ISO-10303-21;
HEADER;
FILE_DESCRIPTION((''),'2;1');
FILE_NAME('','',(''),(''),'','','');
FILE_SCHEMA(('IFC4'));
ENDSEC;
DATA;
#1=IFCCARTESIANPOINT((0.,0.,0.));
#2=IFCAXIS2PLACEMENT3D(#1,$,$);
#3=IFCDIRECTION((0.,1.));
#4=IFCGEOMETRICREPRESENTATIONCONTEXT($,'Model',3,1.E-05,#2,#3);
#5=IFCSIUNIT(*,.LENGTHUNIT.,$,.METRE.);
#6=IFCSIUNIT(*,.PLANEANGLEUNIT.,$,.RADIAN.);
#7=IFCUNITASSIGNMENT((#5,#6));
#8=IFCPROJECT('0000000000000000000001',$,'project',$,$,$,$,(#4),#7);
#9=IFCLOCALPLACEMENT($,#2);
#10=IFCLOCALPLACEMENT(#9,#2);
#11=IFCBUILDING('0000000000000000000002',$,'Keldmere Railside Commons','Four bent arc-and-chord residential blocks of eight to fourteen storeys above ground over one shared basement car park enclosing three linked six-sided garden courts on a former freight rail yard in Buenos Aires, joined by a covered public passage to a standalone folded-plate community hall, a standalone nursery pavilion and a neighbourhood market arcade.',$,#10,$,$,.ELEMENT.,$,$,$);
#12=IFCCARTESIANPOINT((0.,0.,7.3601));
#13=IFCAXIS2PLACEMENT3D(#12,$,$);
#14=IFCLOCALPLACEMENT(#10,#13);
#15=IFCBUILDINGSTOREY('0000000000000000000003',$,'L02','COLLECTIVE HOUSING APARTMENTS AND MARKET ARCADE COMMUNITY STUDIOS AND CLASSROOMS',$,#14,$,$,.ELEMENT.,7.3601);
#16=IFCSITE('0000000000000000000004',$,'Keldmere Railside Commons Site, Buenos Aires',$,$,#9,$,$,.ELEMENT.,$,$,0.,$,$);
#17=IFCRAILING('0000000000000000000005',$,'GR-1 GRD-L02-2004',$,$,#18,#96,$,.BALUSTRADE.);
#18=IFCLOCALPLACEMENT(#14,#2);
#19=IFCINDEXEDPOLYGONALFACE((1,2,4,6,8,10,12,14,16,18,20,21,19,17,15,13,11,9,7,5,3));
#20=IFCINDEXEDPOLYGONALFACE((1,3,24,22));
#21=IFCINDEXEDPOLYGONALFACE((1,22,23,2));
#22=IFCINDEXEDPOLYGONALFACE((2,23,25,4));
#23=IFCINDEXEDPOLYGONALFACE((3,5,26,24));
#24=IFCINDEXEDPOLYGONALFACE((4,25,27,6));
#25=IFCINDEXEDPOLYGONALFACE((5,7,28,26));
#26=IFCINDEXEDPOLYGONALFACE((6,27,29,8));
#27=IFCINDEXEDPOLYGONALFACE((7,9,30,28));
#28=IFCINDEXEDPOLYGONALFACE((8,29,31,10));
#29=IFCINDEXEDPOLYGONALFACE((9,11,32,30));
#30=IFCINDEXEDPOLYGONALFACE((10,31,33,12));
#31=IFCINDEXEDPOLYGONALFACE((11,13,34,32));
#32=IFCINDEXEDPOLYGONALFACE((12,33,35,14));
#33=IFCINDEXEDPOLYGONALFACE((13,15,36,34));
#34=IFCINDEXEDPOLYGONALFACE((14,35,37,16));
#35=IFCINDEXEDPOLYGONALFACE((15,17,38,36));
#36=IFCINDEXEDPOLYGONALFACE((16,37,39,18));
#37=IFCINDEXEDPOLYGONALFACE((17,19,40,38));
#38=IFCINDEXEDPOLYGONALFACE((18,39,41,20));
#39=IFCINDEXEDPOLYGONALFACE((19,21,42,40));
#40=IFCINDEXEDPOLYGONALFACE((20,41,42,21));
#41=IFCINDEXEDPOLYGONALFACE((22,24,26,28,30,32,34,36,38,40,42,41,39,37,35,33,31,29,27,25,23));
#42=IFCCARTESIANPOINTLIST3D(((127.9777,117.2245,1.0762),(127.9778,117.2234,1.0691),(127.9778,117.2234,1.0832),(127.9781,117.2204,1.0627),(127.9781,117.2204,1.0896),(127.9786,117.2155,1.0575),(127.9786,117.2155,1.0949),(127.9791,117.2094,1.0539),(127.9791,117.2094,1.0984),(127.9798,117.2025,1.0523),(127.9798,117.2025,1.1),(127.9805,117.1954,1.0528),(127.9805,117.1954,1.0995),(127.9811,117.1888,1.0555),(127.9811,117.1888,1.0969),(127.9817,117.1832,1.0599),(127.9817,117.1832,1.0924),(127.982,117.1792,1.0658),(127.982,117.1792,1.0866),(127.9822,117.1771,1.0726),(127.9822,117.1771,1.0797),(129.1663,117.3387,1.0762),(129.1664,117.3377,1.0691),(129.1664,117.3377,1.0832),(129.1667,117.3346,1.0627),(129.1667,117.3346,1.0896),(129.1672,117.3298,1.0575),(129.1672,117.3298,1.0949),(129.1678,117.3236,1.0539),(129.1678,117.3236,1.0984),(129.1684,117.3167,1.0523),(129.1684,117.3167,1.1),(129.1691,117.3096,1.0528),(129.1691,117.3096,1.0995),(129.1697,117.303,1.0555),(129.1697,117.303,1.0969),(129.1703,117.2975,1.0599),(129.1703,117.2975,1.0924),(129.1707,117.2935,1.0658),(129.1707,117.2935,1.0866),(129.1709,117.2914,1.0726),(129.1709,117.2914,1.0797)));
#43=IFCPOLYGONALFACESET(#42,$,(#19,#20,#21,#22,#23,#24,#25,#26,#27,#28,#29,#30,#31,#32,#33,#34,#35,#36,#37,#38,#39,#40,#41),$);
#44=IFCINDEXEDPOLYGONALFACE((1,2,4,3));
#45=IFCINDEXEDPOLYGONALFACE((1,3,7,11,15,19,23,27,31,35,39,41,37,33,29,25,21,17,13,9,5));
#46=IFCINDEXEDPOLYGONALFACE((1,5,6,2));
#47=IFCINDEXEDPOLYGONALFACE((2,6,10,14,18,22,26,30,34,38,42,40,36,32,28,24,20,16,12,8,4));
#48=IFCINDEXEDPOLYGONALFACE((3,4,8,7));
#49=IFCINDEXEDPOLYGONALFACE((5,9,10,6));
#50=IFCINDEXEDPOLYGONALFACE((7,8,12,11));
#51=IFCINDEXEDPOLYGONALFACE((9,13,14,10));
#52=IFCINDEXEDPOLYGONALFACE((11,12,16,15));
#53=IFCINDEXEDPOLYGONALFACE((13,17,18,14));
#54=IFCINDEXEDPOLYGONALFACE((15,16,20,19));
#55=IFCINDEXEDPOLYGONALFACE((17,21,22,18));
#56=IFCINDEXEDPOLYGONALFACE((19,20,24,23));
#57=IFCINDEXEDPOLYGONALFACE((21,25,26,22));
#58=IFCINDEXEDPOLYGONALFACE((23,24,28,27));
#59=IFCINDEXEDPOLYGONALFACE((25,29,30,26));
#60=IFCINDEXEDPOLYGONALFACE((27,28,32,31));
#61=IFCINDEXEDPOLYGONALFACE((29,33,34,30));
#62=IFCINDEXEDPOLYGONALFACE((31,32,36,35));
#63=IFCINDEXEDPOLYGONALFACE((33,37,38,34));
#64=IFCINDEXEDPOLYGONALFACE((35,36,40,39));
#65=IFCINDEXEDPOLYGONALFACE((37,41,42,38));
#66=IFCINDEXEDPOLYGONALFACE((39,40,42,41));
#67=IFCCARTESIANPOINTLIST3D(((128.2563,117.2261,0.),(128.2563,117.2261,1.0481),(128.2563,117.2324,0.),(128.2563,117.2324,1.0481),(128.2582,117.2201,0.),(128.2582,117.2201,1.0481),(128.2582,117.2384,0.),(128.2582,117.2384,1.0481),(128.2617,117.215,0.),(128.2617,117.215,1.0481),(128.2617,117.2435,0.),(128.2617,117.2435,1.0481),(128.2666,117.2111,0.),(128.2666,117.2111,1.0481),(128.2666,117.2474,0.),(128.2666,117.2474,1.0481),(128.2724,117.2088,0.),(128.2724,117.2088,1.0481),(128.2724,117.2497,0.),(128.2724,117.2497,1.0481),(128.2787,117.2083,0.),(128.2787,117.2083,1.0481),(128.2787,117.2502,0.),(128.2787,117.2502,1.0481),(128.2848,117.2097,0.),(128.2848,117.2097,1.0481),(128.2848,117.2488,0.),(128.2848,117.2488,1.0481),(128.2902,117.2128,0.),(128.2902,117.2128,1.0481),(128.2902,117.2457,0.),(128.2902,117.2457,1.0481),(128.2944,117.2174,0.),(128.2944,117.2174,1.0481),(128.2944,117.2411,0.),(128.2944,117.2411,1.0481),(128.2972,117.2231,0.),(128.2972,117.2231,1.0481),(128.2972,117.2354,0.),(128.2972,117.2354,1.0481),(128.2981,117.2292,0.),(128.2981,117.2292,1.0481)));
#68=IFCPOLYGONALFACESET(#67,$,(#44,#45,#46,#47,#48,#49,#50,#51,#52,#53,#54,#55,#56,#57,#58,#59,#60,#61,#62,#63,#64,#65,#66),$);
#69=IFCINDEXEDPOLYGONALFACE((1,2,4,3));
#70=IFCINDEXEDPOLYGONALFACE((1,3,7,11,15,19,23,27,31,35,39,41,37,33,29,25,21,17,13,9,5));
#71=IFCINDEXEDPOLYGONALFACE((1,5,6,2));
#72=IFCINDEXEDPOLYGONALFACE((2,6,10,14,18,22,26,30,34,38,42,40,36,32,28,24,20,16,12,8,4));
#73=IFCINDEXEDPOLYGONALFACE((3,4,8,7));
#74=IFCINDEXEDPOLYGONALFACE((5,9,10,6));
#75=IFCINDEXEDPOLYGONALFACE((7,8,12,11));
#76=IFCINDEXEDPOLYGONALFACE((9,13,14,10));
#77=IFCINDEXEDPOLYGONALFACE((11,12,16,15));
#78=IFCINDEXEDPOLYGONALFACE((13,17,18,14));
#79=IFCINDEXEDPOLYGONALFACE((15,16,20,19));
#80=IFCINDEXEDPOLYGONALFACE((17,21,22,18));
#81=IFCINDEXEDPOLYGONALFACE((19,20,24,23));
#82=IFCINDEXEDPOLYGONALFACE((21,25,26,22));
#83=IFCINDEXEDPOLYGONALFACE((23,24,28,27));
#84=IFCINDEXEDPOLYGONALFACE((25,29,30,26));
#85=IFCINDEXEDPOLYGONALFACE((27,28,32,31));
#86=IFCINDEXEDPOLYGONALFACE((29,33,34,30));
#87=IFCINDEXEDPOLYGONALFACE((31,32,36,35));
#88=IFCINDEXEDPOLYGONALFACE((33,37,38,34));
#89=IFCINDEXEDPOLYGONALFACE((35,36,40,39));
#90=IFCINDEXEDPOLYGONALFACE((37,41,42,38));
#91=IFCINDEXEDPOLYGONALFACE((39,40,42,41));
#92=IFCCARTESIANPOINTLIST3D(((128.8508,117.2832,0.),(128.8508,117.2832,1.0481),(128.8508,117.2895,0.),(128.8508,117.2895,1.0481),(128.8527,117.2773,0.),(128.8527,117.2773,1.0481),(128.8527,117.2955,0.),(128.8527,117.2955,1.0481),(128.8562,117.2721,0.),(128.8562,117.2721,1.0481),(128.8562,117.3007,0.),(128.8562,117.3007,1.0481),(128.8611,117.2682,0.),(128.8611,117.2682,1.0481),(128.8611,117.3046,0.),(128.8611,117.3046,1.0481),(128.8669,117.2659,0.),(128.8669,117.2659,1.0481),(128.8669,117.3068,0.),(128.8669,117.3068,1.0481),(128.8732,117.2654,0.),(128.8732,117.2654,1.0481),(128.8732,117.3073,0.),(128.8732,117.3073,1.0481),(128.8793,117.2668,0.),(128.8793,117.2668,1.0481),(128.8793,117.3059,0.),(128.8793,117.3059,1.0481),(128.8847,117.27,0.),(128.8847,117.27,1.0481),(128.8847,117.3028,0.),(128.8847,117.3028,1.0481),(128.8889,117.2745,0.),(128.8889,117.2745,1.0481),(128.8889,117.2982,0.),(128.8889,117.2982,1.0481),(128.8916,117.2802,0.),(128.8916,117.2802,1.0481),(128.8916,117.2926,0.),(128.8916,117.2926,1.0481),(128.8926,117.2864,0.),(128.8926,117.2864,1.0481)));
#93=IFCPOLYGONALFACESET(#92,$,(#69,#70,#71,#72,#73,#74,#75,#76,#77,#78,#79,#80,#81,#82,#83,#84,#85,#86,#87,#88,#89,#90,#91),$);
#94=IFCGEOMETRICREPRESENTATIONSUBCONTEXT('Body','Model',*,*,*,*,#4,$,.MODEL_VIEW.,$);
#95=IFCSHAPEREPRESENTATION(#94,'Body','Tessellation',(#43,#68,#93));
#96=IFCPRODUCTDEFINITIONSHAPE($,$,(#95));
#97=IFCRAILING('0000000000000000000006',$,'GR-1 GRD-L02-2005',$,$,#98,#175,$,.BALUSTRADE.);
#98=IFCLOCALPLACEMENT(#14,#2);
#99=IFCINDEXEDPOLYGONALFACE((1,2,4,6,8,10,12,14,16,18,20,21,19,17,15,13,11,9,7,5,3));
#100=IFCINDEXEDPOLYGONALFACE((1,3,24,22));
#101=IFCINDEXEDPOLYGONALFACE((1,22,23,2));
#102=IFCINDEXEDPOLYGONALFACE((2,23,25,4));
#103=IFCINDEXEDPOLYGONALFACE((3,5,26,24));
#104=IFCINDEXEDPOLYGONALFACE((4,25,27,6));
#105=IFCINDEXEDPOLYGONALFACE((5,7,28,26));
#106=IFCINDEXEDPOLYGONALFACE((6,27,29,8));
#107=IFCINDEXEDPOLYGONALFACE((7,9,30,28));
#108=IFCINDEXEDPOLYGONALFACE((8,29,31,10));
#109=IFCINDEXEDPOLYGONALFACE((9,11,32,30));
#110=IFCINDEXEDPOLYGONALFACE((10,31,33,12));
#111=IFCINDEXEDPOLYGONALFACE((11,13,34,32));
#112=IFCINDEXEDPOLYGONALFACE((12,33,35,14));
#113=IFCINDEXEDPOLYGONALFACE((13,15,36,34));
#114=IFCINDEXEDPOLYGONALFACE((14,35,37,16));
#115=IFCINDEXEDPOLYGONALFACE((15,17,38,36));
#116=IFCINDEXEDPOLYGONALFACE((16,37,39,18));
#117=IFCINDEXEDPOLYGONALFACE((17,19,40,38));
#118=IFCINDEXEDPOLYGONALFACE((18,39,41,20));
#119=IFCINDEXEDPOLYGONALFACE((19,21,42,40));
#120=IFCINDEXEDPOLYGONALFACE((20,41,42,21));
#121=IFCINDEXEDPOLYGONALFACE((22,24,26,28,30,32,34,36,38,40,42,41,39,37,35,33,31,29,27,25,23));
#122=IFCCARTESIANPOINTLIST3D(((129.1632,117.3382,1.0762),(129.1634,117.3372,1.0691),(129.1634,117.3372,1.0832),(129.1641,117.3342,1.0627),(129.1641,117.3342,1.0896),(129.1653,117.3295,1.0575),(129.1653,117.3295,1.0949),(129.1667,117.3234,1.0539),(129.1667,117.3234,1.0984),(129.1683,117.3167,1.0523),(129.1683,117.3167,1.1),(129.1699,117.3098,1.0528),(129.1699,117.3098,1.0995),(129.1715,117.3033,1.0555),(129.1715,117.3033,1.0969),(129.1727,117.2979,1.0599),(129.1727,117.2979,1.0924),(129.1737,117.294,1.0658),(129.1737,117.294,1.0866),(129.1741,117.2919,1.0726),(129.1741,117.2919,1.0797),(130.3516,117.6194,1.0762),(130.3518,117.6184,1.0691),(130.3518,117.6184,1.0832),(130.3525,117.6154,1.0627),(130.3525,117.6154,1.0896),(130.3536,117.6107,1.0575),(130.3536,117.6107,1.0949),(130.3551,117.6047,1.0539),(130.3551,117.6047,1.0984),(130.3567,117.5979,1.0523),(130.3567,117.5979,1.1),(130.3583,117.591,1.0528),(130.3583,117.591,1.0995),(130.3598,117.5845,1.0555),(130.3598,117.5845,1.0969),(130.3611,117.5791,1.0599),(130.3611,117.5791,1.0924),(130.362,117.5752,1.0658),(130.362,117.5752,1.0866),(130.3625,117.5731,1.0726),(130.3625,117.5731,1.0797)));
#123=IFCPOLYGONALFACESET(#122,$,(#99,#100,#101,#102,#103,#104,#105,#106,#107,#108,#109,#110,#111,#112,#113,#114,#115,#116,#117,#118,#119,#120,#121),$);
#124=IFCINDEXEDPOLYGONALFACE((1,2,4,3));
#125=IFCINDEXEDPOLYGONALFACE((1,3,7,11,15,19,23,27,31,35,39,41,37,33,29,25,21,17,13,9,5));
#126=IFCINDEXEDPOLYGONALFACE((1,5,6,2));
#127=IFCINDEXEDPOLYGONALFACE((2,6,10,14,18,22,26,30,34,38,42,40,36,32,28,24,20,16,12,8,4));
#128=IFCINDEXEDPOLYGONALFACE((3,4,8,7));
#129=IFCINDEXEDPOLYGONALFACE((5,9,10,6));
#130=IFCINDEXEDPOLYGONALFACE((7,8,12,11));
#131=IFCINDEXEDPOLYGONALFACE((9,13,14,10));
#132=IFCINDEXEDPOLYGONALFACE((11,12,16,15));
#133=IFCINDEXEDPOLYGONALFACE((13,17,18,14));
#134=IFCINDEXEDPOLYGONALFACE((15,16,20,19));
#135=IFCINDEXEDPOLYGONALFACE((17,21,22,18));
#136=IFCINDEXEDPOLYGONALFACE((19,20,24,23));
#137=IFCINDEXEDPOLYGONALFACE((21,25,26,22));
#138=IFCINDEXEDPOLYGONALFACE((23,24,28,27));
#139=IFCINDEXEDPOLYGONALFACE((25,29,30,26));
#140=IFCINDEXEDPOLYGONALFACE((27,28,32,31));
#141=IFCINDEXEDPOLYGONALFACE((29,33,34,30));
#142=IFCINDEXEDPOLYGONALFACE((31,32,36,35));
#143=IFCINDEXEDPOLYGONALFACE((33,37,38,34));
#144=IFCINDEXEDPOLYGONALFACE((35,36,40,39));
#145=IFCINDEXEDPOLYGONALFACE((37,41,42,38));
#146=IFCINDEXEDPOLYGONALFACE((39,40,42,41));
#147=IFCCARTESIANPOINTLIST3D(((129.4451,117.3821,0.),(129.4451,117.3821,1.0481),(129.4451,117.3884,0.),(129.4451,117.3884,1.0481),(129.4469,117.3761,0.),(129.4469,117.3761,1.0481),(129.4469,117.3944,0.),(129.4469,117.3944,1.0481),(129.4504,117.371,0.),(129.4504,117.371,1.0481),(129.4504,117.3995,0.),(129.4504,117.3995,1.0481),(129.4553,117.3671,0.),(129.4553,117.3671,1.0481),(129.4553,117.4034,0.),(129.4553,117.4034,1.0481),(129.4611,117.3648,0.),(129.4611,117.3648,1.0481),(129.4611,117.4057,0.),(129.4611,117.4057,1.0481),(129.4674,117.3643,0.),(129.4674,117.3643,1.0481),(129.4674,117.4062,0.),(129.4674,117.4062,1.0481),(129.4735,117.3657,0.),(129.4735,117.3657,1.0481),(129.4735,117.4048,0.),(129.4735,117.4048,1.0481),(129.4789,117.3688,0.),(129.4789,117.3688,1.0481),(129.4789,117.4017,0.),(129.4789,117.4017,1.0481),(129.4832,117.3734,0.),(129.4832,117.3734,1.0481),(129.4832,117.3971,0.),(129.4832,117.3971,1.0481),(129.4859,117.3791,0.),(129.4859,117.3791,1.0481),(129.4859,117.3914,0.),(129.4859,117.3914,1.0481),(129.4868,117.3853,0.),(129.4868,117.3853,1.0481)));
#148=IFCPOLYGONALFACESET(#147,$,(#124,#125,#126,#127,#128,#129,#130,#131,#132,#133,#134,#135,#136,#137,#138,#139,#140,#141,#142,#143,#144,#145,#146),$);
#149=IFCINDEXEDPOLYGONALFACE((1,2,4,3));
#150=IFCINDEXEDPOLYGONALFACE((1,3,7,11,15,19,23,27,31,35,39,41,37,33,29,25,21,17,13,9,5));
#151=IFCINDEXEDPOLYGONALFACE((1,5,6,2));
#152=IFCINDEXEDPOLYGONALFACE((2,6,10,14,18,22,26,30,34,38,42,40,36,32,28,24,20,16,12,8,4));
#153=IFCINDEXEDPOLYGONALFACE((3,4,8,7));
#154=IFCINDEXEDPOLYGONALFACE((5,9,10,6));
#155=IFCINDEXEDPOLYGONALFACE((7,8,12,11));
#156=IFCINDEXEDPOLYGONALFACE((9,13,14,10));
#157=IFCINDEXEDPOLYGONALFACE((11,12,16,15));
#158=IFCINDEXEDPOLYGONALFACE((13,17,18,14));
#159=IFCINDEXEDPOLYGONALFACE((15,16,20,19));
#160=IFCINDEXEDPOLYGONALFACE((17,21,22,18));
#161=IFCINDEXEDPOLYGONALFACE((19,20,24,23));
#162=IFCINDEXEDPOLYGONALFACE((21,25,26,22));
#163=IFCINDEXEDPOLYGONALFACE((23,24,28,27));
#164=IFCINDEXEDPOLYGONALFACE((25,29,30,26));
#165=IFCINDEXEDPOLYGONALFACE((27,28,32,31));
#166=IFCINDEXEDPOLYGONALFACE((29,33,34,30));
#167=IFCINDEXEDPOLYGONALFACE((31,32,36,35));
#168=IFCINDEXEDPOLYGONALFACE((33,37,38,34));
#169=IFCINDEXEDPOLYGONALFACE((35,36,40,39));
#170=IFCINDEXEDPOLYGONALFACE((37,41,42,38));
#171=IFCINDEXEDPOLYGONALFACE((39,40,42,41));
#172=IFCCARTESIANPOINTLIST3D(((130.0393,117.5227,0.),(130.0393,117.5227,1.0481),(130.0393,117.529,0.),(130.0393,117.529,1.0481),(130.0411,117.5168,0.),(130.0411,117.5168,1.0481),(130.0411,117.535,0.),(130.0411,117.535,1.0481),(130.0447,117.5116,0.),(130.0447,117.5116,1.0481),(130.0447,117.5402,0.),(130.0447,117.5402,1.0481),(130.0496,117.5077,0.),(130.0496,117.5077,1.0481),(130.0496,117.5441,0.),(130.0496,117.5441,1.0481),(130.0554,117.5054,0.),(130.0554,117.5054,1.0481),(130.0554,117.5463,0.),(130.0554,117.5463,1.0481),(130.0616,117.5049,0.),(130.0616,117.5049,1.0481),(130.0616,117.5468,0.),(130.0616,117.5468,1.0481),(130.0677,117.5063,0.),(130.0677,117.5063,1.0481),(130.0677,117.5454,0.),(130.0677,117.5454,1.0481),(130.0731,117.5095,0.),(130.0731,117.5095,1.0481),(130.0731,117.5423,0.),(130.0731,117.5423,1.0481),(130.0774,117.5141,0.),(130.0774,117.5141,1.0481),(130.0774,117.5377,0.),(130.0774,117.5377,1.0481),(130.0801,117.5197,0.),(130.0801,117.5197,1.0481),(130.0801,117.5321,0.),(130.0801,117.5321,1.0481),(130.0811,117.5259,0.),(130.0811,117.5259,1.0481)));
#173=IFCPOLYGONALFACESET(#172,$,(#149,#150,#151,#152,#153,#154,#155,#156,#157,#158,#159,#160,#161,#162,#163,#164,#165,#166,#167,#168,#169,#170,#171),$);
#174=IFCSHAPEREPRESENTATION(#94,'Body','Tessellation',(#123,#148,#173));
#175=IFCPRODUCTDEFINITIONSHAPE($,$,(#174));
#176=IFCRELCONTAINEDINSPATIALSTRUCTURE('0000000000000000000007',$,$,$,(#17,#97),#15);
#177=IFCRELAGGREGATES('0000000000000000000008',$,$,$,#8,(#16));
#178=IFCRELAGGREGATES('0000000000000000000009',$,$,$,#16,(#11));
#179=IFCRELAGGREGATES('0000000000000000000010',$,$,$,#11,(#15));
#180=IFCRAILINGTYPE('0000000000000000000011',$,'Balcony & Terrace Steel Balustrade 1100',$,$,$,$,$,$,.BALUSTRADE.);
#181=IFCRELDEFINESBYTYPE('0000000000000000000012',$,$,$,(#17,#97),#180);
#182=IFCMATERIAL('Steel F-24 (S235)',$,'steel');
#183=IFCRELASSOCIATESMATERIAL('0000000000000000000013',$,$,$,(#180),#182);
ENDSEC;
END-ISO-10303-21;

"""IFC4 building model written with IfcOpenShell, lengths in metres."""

from ifc_helpers import new_model, si_unit, direction, frame, origin, origin_2d, place, context, subcontext, project, spatial, circle, extrude, material, type_object, element, save


model = new_model("IFC4")

# Units and contexts
model_context = context("Model", 3, precision=1e-05, world=origin(), true_north=direction((0.0, 1.0)))
body_context = subcontext(model_context, "Body", "Model", "MODEL_VIEW")
ifc_project = project(units=[si_unit("LENGTHUNIT", "METRE"), si_unit("PLANEANGLEUNIT", "RADIAN")], contexts=[model_context])

# Site, building, storey
site_placement = place(None, origin())
site = spatial("IfcSite", under=ifc_project, at=site_placement, Name="Keldmere Railside Commons Site, Buenos Aires", CompositionType="ELEMENT", RefElevation=0.0)
building_placement = place(site_placement, origin())
building = spatial("IfcBuilding", under=site, at=building_placement, Name="Keldmere Railside Commons", Description="Four bent arc-and-chord residential blocks of eight to fourteen storeys above ground over one shared basement car park enclosing three linked six-sided garden courts on a former freight rail yard in Buenos Aires, joined by a covered public passage to a standalone folded-plate community hall, a standalone nursery pavilion and a neighbourhood market arcade.", CompositionType="ELEMENT")
storey_placement = place(building_placement, frame((0.0, 0.0, 7.3601)))
storey = spatial("IfcBuildingStorey", under=building, at=storey_placement, Name="L02", Description="COLLECTIVE HOUSING APARTMENTS AND MARKET ARCADE COMMUNITY STUDIOS AND CLASSROOMS", CompositionType="ELEMENT", Elevation=7.3601)

# Railings
ifc_material_1 = material(Name="Steel F-24 (S235)", Category="steel")
railing_type = type_object("IfcRailingType", Name="Balcony & Terrace Steel Balustrade 1100", PredefinedType="BALUSTRADE", material=ifc_material_1)
railing_1_placement = place(storey_placement, frame((127.98, 117.2007, 0.0)))
element("IfcRailing", 1, at=railing_1_placement, inside=storey, type_object=railing_type, Name="GR-1 GRD-L02-2004", PredefinedType="BALUSTRADE", context=body_context, shape_type="SweptSolid", body=[
    extrude(circle(Radius=0.0239, at=origin_2d()), frame((0.0, 0.0, 1.0762), z_axis=(0.995412, 0.095677, 0.0), x_axis=(-0.095677, 0.995412, 0.0)), (0.0, 0.0, 1.0), 1.1941),
    extrude(circle(Radius=0.021, at=origin_2d()), frame((0.2971, 0.0286, 0.0)), (0.0, 0.0, 1.0), 1.0481),
    extrude(circle(Radius=0.021, at=origin_2d()), frame((0.8916, 0.0857, 0.0)), (0.0, 0.0, 1.0), 1.0481),
])
railing_2_placement = place(storey_placement, frame((129.1687, 117.3149, 0.0)))
element("IfcRailing", 2, at=railing_2_placement, inside=storey, type_object=railing_type, Name="GR-1 GRD-L02-2005", PredefinedType="BALUSTRADE", context=body_context, shape_type="SweptSolid", body=[
    extrude(circle(Radius=0.0239, at=origin_2d()), frame((0.0, 0.0, 1.0762), z_axis=(0.973123, 0.230287, 0.0), x_axis=(-0.230287, 0.973123, 0.0)), (0.0, 0.0, 1.0), 1.2212),
    extrude(circle(Radius=0.021, at=origin_2d()), frame((0.2971, 0.0703, 0.0)), (0.0, 0.0, 1.0), 1.0481),
    extrude(circle(Radius=0.021, at=origin_2d()), frame((0.8914, 0.2109, 0.0)), (0.0, 0.0, 1.0), 1.0481),
])

save(model, "model.ifc")
